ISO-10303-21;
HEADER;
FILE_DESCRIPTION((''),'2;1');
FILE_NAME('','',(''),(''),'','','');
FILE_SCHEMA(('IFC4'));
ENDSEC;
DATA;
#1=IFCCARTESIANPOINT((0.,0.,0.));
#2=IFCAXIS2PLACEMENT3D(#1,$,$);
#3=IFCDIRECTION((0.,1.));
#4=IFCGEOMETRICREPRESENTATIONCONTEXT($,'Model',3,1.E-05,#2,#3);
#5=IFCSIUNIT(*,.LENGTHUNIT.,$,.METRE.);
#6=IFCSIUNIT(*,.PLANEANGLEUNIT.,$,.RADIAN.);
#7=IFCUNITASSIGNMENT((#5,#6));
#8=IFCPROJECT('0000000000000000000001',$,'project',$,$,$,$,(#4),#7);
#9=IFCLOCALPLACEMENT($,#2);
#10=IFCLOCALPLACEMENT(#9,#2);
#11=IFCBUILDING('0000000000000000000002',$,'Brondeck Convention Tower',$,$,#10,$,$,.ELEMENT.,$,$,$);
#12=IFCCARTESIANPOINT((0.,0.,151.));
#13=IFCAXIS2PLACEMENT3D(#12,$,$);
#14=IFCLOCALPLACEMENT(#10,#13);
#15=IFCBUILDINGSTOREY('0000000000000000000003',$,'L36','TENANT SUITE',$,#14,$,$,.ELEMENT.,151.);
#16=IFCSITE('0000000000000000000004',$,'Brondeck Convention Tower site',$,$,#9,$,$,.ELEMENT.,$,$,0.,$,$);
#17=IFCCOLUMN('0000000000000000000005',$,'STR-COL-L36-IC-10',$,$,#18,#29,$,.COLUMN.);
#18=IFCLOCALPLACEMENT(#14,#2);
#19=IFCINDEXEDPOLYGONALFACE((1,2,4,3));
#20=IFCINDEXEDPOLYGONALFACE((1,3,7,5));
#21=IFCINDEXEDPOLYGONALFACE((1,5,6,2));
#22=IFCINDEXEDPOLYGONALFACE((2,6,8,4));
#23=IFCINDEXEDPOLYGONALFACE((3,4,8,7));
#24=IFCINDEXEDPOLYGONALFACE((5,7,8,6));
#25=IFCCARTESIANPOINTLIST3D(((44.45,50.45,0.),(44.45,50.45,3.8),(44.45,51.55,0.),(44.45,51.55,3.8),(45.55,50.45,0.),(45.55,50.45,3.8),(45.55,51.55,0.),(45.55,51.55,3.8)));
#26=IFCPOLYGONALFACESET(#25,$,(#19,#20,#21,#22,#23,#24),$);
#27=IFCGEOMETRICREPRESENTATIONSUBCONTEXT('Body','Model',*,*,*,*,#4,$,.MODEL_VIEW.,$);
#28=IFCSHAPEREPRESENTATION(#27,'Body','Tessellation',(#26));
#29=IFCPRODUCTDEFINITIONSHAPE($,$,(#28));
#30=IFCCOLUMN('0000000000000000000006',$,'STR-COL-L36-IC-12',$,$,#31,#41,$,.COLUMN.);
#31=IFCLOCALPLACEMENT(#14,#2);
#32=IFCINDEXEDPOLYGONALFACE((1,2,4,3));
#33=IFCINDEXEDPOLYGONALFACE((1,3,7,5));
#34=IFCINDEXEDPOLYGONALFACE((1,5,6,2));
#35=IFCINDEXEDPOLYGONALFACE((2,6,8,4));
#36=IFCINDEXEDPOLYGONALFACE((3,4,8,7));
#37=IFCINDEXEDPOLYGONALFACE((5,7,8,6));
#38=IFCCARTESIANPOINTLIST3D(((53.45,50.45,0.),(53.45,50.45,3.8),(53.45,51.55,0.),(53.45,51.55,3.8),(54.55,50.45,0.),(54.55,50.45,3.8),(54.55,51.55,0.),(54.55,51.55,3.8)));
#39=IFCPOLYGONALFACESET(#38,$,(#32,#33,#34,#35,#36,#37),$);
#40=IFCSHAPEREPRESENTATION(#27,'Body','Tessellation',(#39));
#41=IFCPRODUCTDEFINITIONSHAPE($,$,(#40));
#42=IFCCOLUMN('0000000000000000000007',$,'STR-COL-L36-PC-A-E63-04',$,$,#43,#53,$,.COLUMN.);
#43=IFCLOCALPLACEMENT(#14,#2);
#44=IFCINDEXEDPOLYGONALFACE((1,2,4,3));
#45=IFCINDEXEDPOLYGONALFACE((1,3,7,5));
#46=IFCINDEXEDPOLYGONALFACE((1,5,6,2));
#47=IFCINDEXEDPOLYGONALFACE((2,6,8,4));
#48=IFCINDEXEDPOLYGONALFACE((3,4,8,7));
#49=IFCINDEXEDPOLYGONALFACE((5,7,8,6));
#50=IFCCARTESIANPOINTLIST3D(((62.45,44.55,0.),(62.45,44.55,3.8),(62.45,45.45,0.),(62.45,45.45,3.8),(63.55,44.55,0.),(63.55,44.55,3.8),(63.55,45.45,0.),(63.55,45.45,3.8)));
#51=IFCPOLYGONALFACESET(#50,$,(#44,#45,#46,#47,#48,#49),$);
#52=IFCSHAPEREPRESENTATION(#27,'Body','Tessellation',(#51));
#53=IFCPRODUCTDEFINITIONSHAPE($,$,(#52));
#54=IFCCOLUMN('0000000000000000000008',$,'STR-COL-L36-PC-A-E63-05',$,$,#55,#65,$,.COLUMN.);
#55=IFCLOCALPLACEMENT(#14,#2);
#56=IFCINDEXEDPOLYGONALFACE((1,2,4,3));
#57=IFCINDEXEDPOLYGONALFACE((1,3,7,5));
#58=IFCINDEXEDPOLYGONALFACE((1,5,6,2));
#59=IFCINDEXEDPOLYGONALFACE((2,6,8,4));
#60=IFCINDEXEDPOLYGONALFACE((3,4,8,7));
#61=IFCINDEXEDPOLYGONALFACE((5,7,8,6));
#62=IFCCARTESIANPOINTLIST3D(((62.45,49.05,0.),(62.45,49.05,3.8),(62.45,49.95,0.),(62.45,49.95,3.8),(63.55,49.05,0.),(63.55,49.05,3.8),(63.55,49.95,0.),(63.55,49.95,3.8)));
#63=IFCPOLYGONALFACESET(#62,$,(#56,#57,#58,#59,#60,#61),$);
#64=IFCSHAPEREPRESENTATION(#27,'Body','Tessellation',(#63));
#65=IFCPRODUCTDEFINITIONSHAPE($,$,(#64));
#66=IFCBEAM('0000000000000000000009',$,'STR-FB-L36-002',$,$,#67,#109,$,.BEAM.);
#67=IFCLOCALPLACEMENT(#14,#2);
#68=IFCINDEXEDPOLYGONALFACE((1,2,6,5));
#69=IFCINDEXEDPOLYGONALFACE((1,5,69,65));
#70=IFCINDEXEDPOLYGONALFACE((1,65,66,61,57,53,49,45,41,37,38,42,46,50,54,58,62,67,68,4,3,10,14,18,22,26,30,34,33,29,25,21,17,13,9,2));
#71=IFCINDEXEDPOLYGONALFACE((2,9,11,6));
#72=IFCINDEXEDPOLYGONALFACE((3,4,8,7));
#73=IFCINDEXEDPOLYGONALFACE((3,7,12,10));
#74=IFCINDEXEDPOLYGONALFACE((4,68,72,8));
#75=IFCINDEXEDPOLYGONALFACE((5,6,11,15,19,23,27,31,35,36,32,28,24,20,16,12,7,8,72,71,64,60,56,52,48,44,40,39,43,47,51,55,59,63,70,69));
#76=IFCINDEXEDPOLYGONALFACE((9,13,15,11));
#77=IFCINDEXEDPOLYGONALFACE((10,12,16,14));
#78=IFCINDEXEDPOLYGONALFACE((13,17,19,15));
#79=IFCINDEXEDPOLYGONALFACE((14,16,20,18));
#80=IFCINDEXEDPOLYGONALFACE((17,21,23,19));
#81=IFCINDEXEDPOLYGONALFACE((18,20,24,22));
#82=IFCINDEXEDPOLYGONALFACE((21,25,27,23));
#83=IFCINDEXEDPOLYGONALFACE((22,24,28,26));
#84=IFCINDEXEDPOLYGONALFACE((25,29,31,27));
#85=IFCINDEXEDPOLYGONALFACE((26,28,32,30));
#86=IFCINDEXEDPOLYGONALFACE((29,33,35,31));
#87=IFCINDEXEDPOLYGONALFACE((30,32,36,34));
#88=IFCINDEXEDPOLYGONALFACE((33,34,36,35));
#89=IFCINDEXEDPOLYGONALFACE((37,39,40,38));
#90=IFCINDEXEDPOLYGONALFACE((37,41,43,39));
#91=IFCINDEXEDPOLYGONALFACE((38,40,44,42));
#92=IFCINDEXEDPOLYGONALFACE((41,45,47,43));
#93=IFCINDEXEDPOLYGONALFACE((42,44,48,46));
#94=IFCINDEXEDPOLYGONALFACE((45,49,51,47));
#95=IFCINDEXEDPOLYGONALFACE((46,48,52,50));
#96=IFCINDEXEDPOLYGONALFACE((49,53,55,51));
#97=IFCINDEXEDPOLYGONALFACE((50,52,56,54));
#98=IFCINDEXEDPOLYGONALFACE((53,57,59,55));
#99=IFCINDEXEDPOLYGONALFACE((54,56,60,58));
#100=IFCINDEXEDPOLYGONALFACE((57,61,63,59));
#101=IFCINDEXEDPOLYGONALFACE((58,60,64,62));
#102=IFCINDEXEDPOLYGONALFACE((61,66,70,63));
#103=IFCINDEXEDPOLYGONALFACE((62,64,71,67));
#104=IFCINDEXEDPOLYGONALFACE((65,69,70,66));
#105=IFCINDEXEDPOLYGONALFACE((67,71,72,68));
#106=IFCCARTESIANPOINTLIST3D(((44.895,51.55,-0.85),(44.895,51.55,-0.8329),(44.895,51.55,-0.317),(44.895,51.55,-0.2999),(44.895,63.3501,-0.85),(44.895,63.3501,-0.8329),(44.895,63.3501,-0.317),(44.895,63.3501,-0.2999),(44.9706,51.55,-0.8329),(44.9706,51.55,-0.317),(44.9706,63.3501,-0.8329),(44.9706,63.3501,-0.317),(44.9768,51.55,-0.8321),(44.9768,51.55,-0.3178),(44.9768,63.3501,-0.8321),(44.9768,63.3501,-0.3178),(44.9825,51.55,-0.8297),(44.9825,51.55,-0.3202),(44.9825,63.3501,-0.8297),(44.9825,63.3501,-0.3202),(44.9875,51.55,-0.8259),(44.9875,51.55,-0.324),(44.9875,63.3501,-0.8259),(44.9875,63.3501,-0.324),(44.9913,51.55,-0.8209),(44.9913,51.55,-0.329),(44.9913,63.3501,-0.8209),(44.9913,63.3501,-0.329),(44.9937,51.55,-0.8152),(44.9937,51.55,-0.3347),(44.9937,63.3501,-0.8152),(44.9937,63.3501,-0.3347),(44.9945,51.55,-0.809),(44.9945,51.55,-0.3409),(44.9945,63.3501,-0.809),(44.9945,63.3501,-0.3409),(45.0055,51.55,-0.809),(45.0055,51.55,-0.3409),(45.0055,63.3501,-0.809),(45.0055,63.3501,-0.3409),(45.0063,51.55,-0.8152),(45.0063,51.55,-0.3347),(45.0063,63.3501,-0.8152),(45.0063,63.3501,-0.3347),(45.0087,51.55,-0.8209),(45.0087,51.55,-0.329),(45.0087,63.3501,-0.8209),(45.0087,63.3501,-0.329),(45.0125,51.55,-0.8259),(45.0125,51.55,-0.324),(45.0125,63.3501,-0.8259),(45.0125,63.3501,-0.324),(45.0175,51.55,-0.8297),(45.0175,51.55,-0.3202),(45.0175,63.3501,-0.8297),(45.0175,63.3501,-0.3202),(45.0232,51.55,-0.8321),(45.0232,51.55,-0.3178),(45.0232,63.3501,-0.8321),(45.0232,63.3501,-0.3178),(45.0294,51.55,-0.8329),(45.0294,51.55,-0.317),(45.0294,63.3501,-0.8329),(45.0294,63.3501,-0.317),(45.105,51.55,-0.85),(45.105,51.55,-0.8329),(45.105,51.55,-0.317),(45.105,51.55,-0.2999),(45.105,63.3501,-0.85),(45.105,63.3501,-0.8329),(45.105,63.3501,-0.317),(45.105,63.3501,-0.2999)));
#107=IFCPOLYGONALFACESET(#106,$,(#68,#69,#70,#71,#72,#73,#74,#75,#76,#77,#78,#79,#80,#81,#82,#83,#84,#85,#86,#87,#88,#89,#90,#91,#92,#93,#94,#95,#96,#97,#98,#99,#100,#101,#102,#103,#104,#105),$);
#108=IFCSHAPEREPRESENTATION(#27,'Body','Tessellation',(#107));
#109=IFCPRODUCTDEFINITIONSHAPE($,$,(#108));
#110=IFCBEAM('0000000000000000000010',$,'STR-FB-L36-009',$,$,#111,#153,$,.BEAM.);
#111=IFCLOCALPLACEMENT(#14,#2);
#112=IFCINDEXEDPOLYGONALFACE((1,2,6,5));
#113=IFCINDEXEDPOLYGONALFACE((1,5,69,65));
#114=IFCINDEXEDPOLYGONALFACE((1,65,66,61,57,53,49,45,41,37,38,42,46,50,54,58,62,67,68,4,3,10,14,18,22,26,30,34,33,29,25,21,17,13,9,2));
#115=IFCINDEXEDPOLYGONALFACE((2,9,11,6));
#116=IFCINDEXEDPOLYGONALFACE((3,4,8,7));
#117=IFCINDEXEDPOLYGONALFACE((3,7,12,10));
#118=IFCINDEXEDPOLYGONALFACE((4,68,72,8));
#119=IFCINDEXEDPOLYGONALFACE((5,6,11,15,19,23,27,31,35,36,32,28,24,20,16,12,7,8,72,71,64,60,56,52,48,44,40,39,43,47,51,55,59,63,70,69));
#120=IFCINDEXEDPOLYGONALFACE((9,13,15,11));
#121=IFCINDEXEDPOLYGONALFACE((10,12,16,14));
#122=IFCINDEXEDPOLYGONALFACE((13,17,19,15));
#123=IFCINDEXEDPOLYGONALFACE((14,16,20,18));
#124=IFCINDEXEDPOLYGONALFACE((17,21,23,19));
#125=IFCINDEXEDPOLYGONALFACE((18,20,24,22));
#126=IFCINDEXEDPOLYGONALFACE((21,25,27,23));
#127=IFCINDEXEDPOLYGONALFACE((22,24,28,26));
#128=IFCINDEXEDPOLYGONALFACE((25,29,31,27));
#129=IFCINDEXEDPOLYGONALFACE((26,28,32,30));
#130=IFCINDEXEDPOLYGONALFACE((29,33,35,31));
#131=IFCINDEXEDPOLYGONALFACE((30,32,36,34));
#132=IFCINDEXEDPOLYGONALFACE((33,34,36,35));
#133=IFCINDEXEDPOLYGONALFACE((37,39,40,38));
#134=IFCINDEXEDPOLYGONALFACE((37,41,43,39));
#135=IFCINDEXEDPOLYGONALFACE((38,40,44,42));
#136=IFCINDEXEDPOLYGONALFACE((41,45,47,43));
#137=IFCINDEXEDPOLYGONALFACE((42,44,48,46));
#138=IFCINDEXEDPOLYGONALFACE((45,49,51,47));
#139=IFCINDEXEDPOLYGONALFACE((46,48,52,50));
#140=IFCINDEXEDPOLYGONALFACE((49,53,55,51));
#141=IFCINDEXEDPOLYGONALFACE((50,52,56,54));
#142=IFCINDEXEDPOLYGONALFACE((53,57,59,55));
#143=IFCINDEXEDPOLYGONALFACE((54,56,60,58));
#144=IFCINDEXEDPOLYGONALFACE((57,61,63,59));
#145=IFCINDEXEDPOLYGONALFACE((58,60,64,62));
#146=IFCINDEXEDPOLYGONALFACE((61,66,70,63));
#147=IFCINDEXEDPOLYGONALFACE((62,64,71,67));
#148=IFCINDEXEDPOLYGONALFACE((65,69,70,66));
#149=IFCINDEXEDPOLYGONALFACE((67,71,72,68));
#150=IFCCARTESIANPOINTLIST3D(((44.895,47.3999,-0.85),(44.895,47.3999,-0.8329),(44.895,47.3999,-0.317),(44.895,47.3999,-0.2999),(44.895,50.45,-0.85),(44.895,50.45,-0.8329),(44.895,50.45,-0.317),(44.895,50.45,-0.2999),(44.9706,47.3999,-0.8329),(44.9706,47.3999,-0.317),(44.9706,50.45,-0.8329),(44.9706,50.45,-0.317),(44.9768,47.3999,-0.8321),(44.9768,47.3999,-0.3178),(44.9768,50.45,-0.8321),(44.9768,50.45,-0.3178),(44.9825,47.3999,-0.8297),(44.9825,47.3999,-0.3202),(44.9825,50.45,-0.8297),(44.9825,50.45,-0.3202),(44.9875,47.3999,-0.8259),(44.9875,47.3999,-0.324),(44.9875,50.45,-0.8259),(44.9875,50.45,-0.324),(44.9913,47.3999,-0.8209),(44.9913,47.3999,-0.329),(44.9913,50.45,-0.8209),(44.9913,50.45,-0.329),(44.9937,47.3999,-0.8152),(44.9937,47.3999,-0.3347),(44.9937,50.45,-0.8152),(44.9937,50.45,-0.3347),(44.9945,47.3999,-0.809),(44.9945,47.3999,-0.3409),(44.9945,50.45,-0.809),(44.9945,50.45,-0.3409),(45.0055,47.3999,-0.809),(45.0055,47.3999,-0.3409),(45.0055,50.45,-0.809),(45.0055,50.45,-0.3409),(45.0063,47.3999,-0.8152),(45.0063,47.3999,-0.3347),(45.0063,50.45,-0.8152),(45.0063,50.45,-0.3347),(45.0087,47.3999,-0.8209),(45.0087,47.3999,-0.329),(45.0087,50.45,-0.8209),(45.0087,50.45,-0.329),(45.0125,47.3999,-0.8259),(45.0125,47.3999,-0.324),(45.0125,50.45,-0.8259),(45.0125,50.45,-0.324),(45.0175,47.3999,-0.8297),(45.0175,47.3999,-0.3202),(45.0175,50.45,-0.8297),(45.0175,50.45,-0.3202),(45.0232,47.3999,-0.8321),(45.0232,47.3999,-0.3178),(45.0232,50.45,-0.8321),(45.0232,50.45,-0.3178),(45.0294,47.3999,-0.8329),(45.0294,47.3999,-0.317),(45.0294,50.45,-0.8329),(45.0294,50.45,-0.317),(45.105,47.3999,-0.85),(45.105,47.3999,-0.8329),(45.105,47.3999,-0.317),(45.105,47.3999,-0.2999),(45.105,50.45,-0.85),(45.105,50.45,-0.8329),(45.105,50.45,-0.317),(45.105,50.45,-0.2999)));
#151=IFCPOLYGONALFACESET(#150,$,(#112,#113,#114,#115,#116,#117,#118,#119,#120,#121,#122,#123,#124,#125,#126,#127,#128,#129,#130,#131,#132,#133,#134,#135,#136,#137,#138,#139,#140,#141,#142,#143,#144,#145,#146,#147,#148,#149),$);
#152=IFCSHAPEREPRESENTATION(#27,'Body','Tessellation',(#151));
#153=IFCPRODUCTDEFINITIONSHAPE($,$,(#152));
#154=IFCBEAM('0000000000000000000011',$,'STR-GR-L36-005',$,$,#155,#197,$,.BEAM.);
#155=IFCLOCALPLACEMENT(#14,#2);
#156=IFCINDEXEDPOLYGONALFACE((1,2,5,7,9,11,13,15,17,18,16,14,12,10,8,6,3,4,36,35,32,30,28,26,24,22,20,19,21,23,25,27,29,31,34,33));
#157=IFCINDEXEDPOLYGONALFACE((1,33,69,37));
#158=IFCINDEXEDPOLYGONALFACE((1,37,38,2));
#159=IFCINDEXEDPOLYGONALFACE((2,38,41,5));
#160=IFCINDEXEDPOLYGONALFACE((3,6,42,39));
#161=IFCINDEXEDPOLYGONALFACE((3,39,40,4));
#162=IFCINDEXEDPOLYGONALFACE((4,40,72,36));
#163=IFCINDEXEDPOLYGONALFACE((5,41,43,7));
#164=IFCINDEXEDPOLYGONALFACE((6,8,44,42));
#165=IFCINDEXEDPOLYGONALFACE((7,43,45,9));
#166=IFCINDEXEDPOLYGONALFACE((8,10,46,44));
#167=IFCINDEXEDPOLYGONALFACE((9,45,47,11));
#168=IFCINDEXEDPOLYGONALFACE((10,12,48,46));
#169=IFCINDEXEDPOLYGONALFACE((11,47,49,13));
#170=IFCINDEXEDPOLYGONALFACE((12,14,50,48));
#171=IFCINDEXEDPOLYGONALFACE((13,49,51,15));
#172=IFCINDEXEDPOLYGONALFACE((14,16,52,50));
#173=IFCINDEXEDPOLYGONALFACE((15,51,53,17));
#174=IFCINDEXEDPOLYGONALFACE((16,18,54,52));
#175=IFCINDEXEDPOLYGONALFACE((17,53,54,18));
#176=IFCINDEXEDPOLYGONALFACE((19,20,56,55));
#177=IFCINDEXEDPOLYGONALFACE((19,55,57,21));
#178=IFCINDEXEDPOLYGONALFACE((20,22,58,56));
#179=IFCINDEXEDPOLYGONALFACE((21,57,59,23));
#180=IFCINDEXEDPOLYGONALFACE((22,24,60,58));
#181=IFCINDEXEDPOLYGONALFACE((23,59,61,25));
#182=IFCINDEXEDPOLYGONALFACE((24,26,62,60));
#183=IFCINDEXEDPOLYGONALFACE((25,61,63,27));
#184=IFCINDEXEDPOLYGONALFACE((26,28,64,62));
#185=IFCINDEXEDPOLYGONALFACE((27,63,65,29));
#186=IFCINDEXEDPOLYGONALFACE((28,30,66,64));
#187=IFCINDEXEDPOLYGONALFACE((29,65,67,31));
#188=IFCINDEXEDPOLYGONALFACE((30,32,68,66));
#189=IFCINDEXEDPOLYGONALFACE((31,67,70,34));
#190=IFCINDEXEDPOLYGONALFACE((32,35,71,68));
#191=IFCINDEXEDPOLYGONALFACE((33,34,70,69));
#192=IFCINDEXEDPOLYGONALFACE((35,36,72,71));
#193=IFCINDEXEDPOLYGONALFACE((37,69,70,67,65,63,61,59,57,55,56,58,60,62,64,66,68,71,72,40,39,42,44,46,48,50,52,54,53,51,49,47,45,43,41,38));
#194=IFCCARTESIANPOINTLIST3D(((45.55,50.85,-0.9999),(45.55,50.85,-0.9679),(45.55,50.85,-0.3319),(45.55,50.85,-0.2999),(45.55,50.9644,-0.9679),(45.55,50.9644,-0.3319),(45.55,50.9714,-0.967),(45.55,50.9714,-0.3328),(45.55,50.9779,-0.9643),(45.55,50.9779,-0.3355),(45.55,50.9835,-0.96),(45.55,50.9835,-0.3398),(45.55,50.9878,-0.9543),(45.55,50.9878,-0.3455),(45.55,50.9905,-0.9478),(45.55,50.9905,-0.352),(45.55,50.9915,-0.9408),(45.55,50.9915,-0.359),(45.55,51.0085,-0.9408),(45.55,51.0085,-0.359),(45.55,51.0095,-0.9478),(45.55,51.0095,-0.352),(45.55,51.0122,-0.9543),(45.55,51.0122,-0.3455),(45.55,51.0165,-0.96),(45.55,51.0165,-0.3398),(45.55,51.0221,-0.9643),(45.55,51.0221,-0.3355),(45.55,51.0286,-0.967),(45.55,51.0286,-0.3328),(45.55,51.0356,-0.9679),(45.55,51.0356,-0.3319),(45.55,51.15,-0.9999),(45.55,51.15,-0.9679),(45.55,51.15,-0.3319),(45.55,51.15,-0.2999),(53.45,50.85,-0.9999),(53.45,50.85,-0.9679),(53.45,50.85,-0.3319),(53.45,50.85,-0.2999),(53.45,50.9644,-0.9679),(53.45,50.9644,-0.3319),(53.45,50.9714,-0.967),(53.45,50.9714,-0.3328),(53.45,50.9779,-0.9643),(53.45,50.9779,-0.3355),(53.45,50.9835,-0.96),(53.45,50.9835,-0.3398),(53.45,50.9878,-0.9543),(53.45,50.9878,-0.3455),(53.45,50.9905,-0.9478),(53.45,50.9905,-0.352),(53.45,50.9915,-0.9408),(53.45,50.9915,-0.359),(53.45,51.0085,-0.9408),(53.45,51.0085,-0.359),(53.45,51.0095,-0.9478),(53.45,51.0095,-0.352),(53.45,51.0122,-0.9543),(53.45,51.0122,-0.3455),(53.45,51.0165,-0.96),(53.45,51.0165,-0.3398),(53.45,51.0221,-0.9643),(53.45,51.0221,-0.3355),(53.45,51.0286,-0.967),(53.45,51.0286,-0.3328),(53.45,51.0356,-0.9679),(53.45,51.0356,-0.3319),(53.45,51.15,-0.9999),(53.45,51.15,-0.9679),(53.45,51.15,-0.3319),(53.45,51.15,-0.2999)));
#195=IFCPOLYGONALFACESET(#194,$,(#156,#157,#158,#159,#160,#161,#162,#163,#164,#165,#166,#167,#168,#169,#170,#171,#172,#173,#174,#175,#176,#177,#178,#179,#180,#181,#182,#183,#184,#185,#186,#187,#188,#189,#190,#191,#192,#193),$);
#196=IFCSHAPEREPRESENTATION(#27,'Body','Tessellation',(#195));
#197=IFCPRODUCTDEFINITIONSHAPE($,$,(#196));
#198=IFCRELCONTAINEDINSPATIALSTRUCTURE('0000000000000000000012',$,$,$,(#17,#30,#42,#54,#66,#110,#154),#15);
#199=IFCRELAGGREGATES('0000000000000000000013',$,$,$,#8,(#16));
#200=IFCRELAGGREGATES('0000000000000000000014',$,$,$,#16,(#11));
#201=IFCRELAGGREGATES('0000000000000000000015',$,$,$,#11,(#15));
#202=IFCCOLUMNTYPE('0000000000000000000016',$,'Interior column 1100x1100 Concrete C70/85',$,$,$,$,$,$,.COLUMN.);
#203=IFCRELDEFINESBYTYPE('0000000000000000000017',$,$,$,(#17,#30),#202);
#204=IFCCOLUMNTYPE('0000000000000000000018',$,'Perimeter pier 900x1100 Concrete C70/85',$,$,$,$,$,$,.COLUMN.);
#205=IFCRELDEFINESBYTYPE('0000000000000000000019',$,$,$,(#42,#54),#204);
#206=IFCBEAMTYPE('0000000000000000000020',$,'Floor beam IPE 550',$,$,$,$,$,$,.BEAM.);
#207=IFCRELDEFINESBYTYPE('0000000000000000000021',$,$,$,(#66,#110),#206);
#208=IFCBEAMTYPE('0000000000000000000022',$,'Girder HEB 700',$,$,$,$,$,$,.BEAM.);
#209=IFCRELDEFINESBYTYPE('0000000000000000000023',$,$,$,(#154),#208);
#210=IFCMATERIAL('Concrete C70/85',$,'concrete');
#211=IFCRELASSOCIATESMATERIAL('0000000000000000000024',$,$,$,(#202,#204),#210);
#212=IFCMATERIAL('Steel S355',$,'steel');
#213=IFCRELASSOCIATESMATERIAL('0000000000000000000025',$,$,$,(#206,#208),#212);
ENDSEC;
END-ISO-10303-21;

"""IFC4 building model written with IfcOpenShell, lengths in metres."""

from ifc_helpers import new_model, si_unit, direction, frame, origin, origin_2d, place, context, subcontext, project, spatial, rectangle, i_section, extrude, material, material_profile, profile_set, type_object, element, save


model = new_model("IFC4")

# Units and contexts
model_context = context("Model", 3, precision=1e-05, world=origin(), true_north=direction((0.0, 1.0)))
body_context = subcontext(model_context, "Body", "Model", "MODEL_VIEW")
ifc_project = project(units=[si_unit("LENGTHUNIT", "METRE"), si_unit("PLANEANGLEUNIT", "RADIAN")], contexts=[model_context])

# Site, building, storey
site_placement = place(None, origin())
site = spatial("IfcSite", under=ifc_project, at=site_placement, Name="Brondeck Convention Tower site", CompositionType="ELEMENT", RefElevation=0.0)
building_placement = place(site_placement, origin())
building = spatial("IfcBuilding", under=site, at=building_placement, Name="Brondeck Convention Tower", CompositionType="ELEMENT")
storey_placement = place(building_placement, frame((0.0, 0.0, 151.0)))
storey = spatial("IfcBuildingStorey", under=building, at=storey_placement, Name="L36", Description="TENANT SUITE", CompositionType="ELEMENT", Elevation=151.0)

# Columns
ifc_material_1 = material(Name="Concrete C70/85", Category="concrete")
ifc_material_profile_1 = material_profile(ifc_material_1, rectangle(XDim=1.1001, YDim=1.1001, at=origin_2d()), Name="Interior column 1100x1100 Concrete C70/85")
ifc_profile_set_1 = profile_set([ifc_material_profile_1], Name="Concrete C70/85")
column_type_1 = type_object("IfcColumnType", Name="Interior column 1100x1100 Concrete C70/85", PredefinedType="COLUMN", material=ifc_profile_set_1)
for number, where, z_axis, x_axis, name in (
    (1, (45.0, 51.0, 0.0), (0.0, 0.0, 1.0), (1.0, 0.0, 0.0), "STR-COL-L36-IC-10"),
    (2, (54.0, 51.0, 0.0), (0.0, 0.0, 1.0), (1.0, 0.0, 0.0), "STR-COL-L36-IC-12"),
):
    element("IfcColumn", number, at=place(storey_placement, frame(where, z_axis=z_axis, x_axis=x_axis)), inside=storey, type_object=column_type_1, Name=name, PredefinedType="COLUMN", context=body_context, shape_type="SweptSolid", body=[
        extrude(rectangle(XDim=1.1001, YDim=1.1001, at=origin_2d()), origin(), (0.0, 0.0, 1.0), 3.8),
    ])
ifc_material_profile_2 = material_profile(ifc_material_1, rectangle(XDim=0.8999, YDim=1.1001, at=origin_2d()), Name="Perimeter pier 900x1100 Concrete C70/85")
ifc_profile_set_2 = profile_set([ifc_material_profile_2], Name="Concrete C70/85")
column_type_2 = type_object("IfcColumnType", Name="Perimeter pier 900x1100 Concrete C70/85", PredefinedType="COLUMN", material=ifc_profile_set_2)
for number, where, z_axis, x_axis, name in (
    (3, (63.0, 45.0, 0.0), (0.0, 0.0, 1.0), (0.0, 1.0, 0.0), "STR-COL-L36-PC-A-E63-04"),
    (4, (63.0, 49.5, 0.0), (0.0, 0.0, 1.0), (0.0, 1.0, 0.0), "STR-COL-L36-PC-A-E63-05"),
):
    element("IfcColumn", number, at=place(storey_placement, frame(where, z_axis=z_axis, x_axis=x_axis)), inside=storey, type_object=column_type_2, Name=name, PredefinedType="COLUMN", context=body_context, shape_type="SweptSolid", body=[
        extrude(rectangle(XDim=0.8999, YDim=1.1001, at=origin_2d()), origin(), (0.0, 0.0, 1.0), 3.8),
    ])

# Beams
ifc_material_2 = material(Name="Steel S355", Category="steel")
ifc_material_profile_3 = material_profile(ifc_material_2, i_section(OverallWidth=0.21, OverallDepth=0.55, WebThickness=0.011, FlangeThickness=0.0171, FilletRadius=0.0239, at=origin_2d()), Name="IPE 550")
ifc_profile_set_3 = profile_set([ifc_material_profile_3], Name="Steel S355")
beam_type_1 = type_object("IfcBeamType", Name="Floor beam IPE 550", PredefinedType="BEAM", material=ifc_profile_set_3)
beam_1_placement = place(storey_placement, frame((45.0, 51.55, -0.575), z_axis=(0.0, 1.0, 0.0), x_axis=(-1.0, 0.0, 0.0)))
element("IfcBeam", 5, at=beam_1_placement, inside=storey, type_object=beam_type_1, Name="STR-FB-L36-002", PredefinedType="BEAM", context=body_context, shape_type="SweptSolid", body=[
    extrude(i_section(OverallWidth=0.21, OverallDepth=0.55, WebThickness=0.011, FlangeThickness=0.0171, FilletRadius=0.0239, at=origin_2d()), origin(), (0.0, 0.0, 1.0), 11.8),
])
beam_2_placement = place(storey_placement, frame((45.0, 47.3999, -0.575), z_axis=(0.0, 1.0, 0.0), x_axis=(-1.0, 0.0, 0.0)))
element("IfcBeam", 6, at=beam_2_placement, inside=storey, type_object=beam_type_1, Name="STR-FB-L36-009", PredefinedType="BEAM", context=body_context, shape_type="SweptSolid", body=[
    extrude(i_section(OverallWidth=0.21, OverallDepth=0.55, WebThickness=0.011, FlangeThickness=0.0171, FilletRadius=0.0239, at=origin_2d()), origin(), (0.0, 0.0, 1.0), 3.05),
])
ifc_material_profile_4 = material_profile(ifc_material_2, i_section(OverallWidth=0.3, OverallDepth=0.7, WebThickness=0.0171, FlangeThickness=0.032, FilletRadius=0.0271, at=origin_2d()), Name="HEB 700")
ifc_profile_set_4 = profile_set([ifc_material_profile_4], Name="Steel S355")
beam_type_2 = type_object("IfcBeamType", Name="Girder HEB 700", PredefinedType="BEAM", material=ifc_profile_set_4)
beam_3_placement = place(storey_placement, frame((45.55, 51.0, -0.6499), z_axis=(1.0, 0.0, 0.0), x_axis=(0.0, 1.0, 0.0)))
element("IfcBeam", 7, at=beam_3_placement, inside=storey, type_object=beam_type_2, Name="STR-GR-L36-005", PredefinedType="BEAM", context=body_context, shape_type="SweptSolid", body=[
    extrude(i_section(OverallWidth=0.3, OverallDepth=0.7, WebThickness=0.0171, FlangeThickness=0.032, FilletRadius=0.0271, at=origin_2d()), origin(), (0.0, 0.0, 1.0), 7.8999),
])

save(model, "model.ifc")
